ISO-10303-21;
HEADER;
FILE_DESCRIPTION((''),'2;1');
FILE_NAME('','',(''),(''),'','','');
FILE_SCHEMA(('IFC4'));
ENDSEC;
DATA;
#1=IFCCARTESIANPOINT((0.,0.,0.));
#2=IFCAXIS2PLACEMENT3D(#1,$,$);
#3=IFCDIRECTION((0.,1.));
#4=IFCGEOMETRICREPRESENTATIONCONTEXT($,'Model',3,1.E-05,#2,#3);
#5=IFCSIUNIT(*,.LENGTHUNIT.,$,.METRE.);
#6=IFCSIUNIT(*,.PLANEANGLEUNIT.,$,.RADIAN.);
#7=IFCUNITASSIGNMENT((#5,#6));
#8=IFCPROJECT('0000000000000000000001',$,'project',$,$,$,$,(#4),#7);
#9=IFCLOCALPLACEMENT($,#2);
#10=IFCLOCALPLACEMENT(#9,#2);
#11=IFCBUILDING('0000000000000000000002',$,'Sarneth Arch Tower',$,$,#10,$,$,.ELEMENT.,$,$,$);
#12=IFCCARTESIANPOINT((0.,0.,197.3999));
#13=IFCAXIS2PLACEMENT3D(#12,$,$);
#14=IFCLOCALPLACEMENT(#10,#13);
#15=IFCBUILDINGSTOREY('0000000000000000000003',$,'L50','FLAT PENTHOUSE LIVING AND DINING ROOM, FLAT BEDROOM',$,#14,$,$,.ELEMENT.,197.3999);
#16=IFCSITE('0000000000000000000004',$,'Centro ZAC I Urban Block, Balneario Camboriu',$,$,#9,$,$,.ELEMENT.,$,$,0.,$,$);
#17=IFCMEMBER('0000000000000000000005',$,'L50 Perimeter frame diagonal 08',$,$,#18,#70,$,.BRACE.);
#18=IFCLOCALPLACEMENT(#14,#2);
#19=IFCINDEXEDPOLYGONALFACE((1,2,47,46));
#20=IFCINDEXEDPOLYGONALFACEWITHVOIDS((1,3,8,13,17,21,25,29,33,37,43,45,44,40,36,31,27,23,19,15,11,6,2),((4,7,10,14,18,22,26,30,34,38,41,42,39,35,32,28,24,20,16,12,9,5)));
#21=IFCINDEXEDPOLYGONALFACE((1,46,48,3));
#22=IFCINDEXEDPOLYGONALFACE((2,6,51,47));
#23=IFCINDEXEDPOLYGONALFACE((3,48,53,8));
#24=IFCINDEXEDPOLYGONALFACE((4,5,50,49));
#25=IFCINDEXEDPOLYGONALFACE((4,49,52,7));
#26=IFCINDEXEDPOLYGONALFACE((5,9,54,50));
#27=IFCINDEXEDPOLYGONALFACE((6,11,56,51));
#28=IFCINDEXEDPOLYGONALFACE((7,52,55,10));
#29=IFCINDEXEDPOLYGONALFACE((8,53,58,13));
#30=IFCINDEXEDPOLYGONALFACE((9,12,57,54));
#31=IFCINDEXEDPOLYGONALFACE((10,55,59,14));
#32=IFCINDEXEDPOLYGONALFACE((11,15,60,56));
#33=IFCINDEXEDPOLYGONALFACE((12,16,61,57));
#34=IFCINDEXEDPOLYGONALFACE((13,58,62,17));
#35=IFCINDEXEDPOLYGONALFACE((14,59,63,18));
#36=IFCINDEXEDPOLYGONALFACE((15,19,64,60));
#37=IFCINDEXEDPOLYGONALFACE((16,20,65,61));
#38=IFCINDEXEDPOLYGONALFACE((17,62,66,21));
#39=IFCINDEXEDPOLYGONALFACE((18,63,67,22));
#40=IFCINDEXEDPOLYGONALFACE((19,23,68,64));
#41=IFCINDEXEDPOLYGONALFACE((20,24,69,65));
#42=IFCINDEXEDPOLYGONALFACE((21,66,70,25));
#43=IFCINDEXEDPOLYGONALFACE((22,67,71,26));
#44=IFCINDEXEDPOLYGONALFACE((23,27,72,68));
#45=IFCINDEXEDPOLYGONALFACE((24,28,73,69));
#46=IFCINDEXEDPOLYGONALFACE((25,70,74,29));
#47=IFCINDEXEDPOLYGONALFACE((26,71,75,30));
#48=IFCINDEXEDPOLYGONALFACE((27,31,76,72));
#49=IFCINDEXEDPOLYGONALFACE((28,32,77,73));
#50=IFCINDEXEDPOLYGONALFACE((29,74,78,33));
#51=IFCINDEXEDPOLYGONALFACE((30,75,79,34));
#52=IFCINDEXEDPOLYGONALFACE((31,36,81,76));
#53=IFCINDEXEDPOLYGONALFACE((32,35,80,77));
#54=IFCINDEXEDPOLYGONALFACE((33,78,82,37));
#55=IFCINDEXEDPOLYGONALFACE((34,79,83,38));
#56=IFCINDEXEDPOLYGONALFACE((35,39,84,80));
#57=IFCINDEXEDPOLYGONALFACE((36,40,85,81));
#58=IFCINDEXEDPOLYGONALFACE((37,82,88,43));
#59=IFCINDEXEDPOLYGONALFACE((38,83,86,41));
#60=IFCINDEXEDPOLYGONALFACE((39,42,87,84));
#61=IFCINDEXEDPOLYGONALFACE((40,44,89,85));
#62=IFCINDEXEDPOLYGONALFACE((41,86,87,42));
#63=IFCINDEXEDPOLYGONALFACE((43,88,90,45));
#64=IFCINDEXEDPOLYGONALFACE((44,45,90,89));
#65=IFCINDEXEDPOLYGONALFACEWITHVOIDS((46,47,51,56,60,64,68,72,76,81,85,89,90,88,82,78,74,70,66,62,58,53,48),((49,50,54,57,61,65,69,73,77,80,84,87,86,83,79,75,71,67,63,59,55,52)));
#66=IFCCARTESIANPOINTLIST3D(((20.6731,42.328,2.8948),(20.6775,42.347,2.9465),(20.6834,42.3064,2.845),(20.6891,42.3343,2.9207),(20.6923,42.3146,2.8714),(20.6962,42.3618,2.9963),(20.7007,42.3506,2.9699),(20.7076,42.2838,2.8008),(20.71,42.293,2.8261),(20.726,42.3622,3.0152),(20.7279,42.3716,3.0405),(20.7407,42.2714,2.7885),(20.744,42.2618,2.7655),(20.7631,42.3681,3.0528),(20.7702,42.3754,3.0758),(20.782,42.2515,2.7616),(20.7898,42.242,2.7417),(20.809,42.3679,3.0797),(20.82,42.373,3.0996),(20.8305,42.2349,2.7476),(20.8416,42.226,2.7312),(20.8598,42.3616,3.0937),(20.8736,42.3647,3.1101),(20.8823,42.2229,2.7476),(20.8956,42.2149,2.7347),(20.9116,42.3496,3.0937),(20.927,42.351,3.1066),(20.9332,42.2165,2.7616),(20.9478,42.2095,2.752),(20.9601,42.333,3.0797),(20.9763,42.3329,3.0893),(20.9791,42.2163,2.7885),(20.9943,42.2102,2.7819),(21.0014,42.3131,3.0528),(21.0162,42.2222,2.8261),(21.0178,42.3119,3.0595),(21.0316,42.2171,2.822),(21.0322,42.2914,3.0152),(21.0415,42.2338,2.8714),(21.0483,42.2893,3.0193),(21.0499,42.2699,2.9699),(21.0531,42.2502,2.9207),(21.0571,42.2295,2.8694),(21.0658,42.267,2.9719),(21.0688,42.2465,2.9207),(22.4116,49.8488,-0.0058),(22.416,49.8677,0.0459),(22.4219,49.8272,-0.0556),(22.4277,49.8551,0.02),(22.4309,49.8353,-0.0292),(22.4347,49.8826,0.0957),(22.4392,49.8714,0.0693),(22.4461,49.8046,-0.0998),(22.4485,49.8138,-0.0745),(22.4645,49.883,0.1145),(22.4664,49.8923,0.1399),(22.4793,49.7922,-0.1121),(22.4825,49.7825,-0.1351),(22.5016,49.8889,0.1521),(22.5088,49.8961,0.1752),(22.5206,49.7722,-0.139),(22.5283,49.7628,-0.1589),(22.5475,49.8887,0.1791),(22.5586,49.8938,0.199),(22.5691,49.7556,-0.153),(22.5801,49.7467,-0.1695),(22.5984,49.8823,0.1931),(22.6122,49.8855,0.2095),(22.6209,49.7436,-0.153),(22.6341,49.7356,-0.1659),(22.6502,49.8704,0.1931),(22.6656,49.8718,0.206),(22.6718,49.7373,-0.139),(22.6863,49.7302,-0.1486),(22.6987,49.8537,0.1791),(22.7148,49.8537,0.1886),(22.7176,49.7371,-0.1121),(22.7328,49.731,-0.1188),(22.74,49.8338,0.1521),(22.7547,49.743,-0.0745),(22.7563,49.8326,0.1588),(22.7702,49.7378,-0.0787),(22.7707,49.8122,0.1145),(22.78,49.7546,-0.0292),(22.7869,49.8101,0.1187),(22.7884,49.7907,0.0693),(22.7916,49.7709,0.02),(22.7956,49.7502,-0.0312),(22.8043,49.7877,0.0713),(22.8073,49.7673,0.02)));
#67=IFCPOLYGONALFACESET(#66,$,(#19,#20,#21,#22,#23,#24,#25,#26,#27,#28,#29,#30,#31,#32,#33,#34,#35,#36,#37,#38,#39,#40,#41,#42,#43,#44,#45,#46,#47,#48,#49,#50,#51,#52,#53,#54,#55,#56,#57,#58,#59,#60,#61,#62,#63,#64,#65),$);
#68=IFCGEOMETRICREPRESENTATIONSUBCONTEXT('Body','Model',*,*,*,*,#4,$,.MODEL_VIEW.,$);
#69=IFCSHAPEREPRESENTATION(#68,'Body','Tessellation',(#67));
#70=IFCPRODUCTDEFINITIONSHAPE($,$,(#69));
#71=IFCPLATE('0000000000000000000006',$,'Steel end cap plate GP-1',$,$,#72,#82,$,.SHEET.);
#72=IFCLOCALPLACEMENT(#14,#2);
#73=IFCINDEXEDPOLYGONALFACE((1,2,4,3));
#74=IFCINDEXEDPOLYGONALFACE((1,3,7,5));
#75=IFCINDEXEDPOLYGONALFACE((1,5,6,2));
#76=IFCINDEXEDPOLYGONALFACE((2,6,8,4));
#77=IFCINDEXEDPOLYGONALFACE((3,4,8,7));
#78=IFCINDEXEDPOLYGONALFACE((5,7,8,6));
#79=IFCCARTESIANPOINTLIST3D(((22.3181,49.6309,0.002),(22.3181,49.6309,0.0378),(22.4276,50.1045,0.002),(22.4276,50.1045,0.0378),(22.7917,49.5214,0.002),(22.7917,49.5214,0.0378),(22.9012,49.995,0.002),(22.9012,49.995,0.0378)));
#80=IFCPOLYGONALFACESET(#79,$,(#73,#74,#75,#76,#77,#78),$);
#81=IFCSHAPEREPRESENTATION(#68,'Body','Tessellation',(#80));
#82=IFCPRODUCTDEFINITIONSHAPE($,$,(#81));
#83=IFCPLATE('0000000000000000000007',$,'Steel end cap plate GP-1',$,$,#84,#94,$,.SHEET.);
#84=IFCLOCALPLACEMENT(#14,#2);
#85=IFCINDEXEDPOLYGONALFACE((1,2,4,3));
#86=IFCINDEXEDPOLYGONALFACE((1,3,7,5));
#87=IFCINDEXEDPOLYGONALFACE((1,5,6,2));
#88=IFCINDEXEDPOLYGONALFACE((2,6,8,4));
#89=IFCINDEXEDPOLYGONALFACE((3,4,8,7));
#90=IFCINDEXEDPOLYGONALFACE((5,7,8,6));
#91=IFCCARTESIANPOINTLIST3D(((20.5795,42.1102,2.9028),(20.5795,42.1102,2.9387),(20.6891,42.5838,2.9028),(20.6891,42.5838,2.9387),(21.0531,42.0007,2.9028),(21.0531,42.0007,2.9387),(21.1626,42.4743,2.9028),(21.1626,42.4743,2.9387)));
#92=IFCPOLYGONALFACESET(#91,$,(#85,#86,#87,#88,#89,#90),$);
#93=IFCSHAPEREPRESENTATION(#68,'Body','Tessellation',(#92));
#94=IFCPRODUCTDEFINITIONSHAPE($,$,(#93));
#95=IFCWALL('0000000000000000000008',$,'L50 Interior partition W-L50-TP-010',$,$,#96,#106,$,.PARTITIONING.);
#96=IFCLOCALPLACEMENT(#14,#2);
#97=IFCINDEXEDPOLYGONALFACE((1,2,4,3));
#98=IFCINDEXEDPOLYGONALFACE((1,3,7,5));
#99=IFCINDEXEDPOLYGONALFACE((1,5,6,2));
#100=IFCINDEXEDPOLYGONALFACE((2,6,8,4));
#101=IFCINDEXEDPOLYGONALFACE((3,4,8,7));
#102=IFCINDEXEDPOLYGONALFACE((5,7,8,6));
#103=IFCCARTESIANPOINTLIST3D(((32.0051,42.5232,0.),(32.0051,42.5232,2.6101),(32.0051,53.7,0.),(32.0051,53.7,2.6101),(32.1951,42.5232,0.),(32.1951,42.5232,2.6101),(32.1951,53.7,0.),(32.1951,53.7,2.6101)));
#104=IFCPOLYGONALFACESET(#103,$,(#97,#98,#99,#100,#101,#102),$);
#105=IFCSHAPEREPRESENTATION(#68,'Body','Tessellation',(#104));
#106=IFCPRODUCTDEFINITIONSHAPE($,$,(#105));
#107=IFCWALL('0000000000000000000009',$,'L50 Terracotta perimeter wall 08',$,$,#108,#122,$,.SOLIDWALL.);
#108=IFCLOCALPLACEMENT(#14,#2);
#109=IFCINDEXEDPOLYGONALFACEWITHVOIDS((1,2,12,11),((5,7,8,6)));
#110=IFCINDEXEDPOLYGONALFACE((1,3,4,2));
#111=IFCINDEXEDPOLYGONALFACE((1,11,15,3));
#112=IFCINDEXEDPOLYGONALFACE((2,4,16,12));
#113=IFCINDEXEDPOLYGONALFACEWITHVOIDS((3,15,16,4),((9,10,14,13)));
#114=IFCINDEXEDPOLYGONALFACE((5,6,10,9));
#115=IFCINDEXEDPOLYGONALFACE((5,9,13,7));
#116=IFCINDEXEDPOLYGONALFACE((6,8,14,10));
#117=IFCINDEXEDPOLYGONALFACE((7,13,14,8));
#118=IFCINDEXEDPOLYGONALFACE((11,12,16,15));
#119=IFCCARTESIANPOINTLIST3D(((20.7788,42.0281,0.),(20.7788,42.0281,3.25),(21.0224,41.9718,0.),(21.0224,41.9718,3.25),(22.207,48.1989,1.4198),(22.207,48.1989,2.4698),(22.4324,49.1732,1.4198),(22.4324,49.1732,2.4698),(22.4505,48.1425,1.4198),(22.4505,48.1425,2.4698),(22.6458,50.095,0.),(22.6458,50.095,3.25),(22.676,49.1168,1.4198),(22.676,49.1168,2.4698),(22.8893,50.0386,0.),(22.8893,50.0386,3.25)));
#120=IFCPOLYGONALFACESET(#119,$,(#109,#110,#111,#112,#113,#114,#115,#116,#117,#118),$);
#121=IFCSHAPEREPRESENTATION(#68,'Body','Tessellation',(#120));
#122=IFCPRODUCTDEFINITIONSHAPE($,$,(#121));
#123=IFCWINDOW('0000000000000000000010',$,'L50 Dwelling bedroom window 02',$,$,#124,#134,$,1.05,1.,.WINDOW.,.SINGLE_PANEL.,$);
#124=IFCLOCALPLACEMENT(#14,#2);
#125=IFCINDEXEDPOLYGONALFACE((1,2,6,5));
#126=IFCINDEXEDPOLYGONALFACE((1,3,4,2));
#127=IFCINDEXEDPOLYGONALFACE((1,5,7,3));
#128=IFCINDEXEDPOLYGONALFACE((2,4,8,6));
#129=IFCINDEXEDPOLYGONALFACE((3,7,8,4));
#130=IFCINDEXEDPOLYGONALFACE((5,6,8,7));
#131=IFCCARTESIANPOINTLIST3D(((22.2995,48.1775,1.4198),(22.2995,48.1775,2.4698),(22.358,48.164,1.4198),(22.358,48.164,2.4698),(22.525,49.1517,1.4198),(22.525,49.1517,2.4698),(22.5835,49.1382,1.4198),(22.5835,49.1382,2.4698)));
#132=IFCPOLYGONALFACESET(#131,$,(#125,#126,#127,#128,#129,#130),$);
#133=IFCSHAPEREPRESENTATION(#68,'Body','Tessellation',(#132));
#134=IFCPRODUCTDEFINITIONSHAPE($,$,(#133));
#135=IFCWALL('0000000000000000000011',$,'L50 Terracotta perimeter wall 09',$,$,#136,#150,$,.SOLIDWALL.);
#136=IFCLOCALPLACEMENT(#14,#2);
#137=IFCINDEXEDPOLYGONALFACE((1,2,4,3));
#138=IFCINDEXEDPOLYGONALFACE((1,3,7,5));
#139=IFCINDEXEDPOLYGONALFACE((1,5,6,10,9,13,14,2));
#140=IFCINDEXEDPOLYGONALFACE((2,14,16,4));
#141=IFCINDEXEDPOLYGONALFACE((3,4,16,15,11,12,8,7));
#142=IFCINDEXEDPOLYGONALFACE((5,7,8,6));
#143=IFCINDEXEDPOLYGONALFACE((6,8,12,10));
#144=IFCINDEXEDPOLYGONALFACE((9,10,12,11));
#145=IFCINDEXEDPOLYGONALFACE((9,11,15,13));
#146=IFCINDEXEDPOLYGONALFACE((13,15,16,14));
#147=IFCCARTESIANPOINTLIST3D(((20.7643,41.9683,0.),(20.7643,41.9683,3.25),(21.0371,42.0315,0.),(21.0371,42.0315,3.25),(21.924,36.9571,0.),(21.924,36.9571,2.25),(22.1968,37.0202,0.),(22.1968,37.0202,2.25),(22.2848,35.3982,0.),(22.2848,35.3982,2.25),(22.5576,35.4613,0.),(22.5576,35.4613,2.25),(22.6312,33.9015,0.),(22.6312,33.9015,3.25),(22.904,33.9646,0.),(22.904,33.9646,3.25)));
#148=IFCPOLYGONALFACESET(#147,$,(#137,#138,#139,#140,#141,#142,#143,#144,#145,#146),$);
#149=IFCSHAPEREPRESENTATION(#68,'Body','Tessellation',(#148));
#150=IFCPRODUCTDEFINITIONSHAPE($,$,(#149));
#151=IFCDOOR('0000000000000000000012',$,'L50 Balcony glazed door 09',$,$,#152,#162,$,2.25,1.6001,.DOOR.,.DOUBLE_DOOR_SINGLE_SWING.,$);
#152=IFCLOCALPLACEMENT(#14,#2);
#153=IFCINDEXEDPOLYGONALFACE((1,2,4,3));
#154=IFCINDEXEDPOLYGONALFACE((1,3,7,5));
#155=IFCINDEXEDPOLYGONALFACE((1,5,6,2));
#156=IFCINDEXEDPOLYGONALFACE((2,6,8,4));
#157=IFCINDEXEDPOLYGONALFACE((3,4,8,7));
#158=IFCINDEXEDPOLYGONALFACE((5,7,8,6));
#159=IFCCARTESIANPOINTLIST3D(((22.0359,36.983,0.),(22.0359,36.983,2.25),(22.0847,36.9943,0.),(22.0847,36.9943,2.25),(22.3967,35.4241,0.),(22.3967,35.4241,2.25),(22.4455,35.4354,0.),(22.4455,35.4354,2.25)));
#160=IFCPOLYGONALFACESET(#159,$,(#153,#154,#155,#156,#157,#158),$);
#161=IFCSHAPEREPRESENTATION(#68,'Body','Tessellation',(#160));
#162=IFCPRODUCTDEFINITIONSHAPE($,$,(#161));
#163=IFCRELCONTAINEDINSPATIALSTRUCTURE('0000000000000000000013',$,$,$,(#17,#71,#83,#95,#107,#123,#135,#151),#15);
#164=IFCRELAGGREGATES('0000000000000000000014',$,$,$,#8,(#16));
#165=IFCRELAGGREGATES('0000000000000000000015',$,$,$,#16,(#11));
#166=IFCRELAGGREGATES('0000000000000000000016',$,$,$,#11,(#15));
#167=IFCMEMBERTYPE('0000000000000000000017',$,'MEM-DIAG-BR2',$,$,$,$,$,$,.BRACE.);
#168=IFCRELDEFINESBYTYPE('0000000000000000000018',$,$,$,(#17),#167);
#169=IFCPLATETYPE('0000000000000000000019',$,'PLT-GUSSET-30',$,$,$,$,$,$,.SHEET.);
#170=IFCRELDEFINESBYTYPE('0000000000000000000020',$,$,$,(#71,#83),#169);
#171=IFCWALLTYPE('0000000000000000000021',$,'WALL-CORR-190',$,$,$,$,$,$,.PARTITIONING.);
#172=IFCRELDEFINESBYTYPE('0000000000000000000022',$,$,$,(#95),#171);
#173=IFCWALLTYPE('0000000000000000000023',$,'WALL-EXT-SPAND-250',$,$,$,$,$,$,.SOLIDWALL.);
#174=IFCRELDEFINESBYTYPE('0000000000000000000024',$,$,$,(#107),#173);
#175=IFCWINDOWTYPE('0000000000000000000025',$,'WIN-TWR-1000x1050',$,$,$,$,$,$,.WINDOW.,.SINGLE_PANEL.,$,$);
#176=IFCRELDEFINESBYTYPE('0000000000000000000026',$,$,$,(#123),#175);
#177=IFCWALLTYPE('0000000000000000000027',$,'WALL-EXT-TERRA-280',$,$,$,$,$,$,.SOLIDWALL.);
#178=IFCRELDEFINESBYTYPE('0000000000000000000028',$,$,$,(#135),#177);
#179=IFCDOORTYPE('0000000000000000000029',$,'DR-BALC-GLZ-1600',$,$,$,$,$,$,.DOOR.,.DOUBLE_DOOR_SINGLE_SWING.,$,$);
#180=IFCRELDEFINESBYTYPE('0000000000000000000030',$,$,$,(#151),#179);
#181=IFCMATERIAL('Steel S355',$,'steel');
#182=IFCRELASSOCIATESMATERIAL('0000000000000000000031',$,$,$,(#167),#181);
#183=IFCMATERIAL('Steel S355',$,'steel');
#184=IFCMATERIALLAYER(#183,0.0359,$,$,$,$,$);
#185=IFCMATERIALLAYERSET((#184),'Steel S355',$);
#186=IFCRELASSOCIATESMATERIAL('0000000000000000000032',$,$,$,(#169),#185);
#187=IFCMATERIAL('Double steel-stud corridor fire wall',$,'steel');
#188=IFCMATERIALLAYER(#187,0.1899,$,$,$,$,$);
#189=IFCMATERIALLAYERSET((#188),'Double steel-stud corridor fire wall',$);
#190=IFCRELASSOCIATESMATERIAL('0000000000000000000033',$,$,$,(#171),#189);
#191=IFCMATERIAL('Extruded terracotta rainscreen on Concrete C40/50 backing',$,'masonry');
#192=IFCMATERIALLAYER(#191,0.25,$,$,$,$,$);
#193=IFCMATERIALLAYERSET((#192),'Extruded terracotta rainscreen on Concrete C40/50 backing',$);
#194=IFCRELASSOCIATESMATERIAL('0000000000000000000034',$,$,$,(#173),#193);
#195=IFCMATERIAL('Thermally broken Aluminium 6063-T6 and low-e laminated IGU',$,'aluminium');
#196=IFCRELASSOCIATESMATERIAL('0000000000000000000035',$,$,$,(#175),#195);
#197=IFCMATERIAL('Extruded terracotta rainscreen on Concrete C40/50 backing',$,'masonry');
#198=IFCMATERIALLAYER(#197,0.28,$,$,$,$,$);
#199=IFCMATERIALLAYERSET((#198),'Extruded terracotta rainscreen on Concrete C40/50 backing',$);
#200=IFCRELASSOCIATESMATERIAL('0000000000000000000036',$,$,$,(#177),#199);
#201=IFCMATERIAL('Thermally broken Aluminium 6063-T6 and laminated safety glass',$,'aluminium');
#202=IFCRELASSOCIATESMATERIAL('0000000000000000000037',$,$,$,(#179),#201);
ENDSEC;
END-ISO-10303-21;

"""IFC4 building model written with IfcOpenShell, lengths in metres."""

from ifc_helpers import new_model, si_unit, direction, frame, frame_2d, origin, origin_2d, place, context, subcontext, project, spatial, rectangle, hollow_circle, extrude, material, layer, layer_set, material_profile, profile_set, type_object, element, fill, save


model = new_model("IFC4")

# Units and contexts
model_context = context("Model", 3, precision=1e-05, world=origin(), true_north=direction((0.0, 1.0)))
body_context = subcontext(model_context, "Body", "Model", "MODEL_VIEW")
ifc_project = project(units=[si_unit("LENGTHUNIT", "METRE"), si_unit("PLANEANGLEUNIT", "RADIAN")], contexts=[model_context])

# Site, building, storey
site_placement = place(None, origin())
site = spatial("IfcSite", under=ifc_project, at=site_placement, Name="Centro ZAC I Urban Block, Balneario Camboriu", CompositionType="ELEMENT", RefElevation=0.0)
building_placement = place(site_placement, origin())
building = spatial("IfcBuilding", under=site, at=building_placement, Name="Sarneth Arch Tower", CompositionType="ELEMENT")
storey_placement = place(building_placement, frame((0.0, 0.0, 197.3999)))
storey = spatial("IfcBuildingStorey", under=building, at=storey_placement, Name="L50", Description="FLAT PENTHOUSE LIVING AND DINING ROOM, FLAT BEDROOM", CompositionType="ELEMENT", Elevation=197.3999)

# Member
ifc_material_1 = material(Name="Steel S355", Category="steel")
ifc_material_profile_1 = material_profile(ifc_material_1, hollow_circle(Radius=0.2029, WallThickness=0.0161, at=origin_2d()), Name="CHS406x16")
ifc_profile_set_1 = profile_set([ifc_material_profile_1], Name="Steel S355")
member_type_1 = type_object("IfcMemberType", Name="MEM-DIAG-BR2", PredefinedType="BRACE", material=ifc_profile_set_1)
member_1_placement = place(storey_placement, frame((22.6096, 49.813, 0.02), z_axis=(-0.21083, -0.912039, 0.351759), x_axis=(0.974307, -0.225224, 0.0)))
element("IfcMember", 1, at=member_1_placement, inside=storey, type_object=member_type_1, Name="L50 Perimeter frame diagonal 08", PredefinedType="BRACE", context=body_context, shape_type="SweptSolid", body=[
    extrude(hollow_circle(Radius=0.2029, WallThickness=0.0161, at=origin_2d()), origin(), (0.0, 0.0, 1.0), 8.2461),
])

# Plates
ifc_material_2 = material(Name="Steel S355", Category="steel")
ifc_layer_1 = layer(ifc_material_2, 0.0359)
ifc_layer_set_1 = layer_set([ifc_layer_1], Name="Steel S355")
plate_type = type_object("IfcPlateType", Name="PLT-GUSSET-30", PredefinedType="SHEET", material=ifc_layer_set_1)
for number, where, z_axis, x_axis, name in (
    (2, (22.6096, 49.813, 0.002), (0.0, 0.0, 1.0), (-0.225291, -0.974291, 0.0), "Steel end cap plate GP-1"),
    (3, (20.8711, 42.2922, 2.9028), (0.0, 0.0, 1.0), (-0.225291, -0.974291, 0.0), "Steel end cap plate GP-1"),
):
    element("IfcPlate", number, at=place(storey_placement, frame(where, z_axis=z_axis, x_axis=x_axis)), inside=storey, type_object=plate_type, Name=name, PredefinedType="SHEET", context=body_context, shape_type="SweptSolid", body=[
        extrude(rectangle(XDim=0.4861, YDim=0.4861, at=origin_2d()), origin(), (0.0, 0.0, 1.0), 0.0359),
    ])

# Wall
ifc_material_3 = material(Name="Double steel-stud corridor fire wall", Category="steel")
ifc_layer_2 = layer(ifc_material_3, 0.1899)
ifc_layer_set_2 = layer_set([ifc_layer_2], Name="Double steel-stud corridor fire wall")
wall_type_1 = type_object("IfcWallType", Name="WALL-CORR-190", PredefinedType="PARTITIONING", material=ifc_layer_set_2)
wall_1_placement = place(storey_placement, frame((32.1001, 42.5232, 0.0), z_axis=(0.0, 0.0, 1.0), x_axis=(0.0, 1.0, 0.0)))
element("IfcWall", 4, at=wall_1_placement, inside=storey, type_object=wall_type_1, Name="L50 Interior partition W-L50-TP-010", PredefinedType="PARTITIONING", context=body_context, shape_type="SweptSolid", body=[
    extrude(rectangle(XDim=11.1768, YDim=0.1899, at=frame_2d((5.5884, 0.0))), origin(), (0.0, 0.0, 1.0), 2.6101),
])

# Wall, opening, window
ifc_material_4 = material(Name="Extruded terracotta rainscreen on Concrete C40/50 backing", Category="masonry")
ifc_layer_3 = layer(ifc_material_4, 0.25)
ifc_layer_set_3 = layer_set([ifc_layer_3], Name="Extruded terracotta rainscreen on Concrete C40/50 backing")
wall_type_2 = type_object("IfcWallType", Name="WALL-EXT-SPAND-250", PredefinedType="SOLIDWALL", material=ifc_layer_set_3)
wall_2_placement = place(storey_placement, frame((22.7676, 50.0669, 0.0), z_axis=(0.0, 0.0, 1.0), x_axis=(-0.225473, -0.974249, 0.0)))
wall_2 = element("IfcWall", 5, at=wall_2_placement, inside=storey, type_object=wall_type_2, Name="L50 Terracotta perimeter wall 08", PredefinedType="SOLIDWALL", context=body_context, shape_type="SweptSolid", body=[
    extrude(rectangle(XDim=8.28, YDim=0.25, at=frame_2d((4.1401, 0.0))), origin(), (0.0, 0.0, 1.0), 3.25),
])
opening_1_placement = place(wall_2_placement, frame((0.9463, 0.0, 1.4199)))
opening_1 = element("IfcOpeningElement", 6, at=opening_1_placement, cuts=wall_2, PredefinedType="OPENING", context=body_context, shape_type="SweptSolid", body=[
    extrude(rectangle(XDim=1.0, YDim=1.05, at=frame_2d((0.5, 0.5249))), frame((0.0, 0.135, 0.0), z_axis=(0.0, -1.0, 0.0), x_axis=(1.0, 0.0, 0.0)), (0.0, 0.0, 1.0), 0.27),
])
ifc_material_5 = material(Name="Thermally broken Aluminium 6063-T6 and low-e laminated IGU", Category="aluminium")
window_type = type_object("IfcWindowType", Name="WIN-TWR-1000x1050", PartitioningType="SINGLE_PANEL", PredefinedType="WINDOW", material=ifc_material_5)
window_placement = place(opening_1_placement, origin())
window = element("IfcWindow", 7, at=window_placement, inside=storey, type_object=window_type, Name="L50 Dwelling bedroom window 02", OverallHeight=1.05, OverallWidth=1.0, PartitioningType="SINGLE_PANEL", PredefinedType="WINDOW", context=body_context, shape_type="SweptSolid", body=[
    extrude(rectangle(XDim=1.0, YDim=1.05, at=frame_2d((0.5, 0.5249))), frame((0.0, 0.03, 0.0), z_axis=(0.0, -1.0, 0.0), x_axis=(1.0, 0.0, 0.0)), (0.0, 0.0, 1.0), 0.0601),
])
fill(opening_1, window)

# Wall, opening, door
ifc_material_6 = material(Name="Extruded terracotta rainscreen on Concrete C40/50 backing", Category="masonry")
ifc_layer_4 = layer(ifc_material_6, 0.28)
ifc_layer_set_4 = layer_set([ifc_layer_4], Name="Extruded terracotta rainscreen on Concrete C40/50 backing")
wall_type_3 = type_object("IfcWallType", Name="WALL-EXT-TERRA-280", PredefinedType="SOLIDWALL", material=ifc_layer_set_4)
wall_3_placement = place(storey_placement, frame((20.9006, 42.0, 0.0), z_axis=(0.0, 0.0, 1.0), x_axis=(0.225473, -0.974249, 0.0)))
wall_3 = element("IfcWall", 8, at=wall_3_placement, inside=storey, type_object=wall_type_3, Name="L50 Terracotta perimeter wall 09", PredefinedType="SOLIDWALL", context=body_context, shape_type="SweptSolid", body=[
    extrude(rectangle(XDim=8.28, YDim=0.28, at=frame_2d((4.1401, 0.0))), origin(), (0.0, 0.0, 1.0), 3.25),
])
opening_2_placement = place(wall_3_placement, frame((5.1438, 0.0, 0.0)))
opening_2 = element("IfcOpeningElement", 9, at=opening_2_placement, cuts=wall_3, PredefinedType="OPENING", context=body_context, shape_type="SweptSolid", body=[
    extrude(rectangle(XDim=1.6001, YDim=2.25, at=frame_2d((0.8, 1.125))), frame((0.0, 0.1499, 0.0), z_axis=(0.0, -1.0, 0.0), x_axis=(1.0, 0.0, 0.0)), (0.0, 0.0, 1.0), 0.3),
])
ifc_material_7 = material(Name="Thermally broken Aluminium 6063-T6 and laminated safety glass", Category="aluminium")
door_type_1 = type_object("IfcDoorType", Name="DR-BALC-GLZ-1600", OperationType="DOUBLE_DOOR_SINGLE_SWING", PredefinedType="DOOR", material=ifc_material_7)
door_1_placement = place(opening_2_placement, origin())
door_1 = element("IfcDoor", 10, at=door_1_placement, inside=storey, type_object=door_type_1, Name="L50 Balcony glazed door 09", OperationType="DOUBLE_DOOR_SINGLE_SWING", OverallHeight=2.25, OverallWidth=1.6001, PredefinedType="DOOR", context=body_context, shape_type="SweptSolid", body=[
    extrude(rectangle(XDim=1.6001, YDim=2.25, at=frame_2d((0.8, 1.125))), frame((0.0, 0.0249, 0.0), z_axis=(0.0, -1.0, 0.0), x_axis=(1.0, 0.0, 0.0)), (0.0, 0.0, 1.0), 0.05),
])
fill(opening_2, door_1)

save(model, "model.ifc")
